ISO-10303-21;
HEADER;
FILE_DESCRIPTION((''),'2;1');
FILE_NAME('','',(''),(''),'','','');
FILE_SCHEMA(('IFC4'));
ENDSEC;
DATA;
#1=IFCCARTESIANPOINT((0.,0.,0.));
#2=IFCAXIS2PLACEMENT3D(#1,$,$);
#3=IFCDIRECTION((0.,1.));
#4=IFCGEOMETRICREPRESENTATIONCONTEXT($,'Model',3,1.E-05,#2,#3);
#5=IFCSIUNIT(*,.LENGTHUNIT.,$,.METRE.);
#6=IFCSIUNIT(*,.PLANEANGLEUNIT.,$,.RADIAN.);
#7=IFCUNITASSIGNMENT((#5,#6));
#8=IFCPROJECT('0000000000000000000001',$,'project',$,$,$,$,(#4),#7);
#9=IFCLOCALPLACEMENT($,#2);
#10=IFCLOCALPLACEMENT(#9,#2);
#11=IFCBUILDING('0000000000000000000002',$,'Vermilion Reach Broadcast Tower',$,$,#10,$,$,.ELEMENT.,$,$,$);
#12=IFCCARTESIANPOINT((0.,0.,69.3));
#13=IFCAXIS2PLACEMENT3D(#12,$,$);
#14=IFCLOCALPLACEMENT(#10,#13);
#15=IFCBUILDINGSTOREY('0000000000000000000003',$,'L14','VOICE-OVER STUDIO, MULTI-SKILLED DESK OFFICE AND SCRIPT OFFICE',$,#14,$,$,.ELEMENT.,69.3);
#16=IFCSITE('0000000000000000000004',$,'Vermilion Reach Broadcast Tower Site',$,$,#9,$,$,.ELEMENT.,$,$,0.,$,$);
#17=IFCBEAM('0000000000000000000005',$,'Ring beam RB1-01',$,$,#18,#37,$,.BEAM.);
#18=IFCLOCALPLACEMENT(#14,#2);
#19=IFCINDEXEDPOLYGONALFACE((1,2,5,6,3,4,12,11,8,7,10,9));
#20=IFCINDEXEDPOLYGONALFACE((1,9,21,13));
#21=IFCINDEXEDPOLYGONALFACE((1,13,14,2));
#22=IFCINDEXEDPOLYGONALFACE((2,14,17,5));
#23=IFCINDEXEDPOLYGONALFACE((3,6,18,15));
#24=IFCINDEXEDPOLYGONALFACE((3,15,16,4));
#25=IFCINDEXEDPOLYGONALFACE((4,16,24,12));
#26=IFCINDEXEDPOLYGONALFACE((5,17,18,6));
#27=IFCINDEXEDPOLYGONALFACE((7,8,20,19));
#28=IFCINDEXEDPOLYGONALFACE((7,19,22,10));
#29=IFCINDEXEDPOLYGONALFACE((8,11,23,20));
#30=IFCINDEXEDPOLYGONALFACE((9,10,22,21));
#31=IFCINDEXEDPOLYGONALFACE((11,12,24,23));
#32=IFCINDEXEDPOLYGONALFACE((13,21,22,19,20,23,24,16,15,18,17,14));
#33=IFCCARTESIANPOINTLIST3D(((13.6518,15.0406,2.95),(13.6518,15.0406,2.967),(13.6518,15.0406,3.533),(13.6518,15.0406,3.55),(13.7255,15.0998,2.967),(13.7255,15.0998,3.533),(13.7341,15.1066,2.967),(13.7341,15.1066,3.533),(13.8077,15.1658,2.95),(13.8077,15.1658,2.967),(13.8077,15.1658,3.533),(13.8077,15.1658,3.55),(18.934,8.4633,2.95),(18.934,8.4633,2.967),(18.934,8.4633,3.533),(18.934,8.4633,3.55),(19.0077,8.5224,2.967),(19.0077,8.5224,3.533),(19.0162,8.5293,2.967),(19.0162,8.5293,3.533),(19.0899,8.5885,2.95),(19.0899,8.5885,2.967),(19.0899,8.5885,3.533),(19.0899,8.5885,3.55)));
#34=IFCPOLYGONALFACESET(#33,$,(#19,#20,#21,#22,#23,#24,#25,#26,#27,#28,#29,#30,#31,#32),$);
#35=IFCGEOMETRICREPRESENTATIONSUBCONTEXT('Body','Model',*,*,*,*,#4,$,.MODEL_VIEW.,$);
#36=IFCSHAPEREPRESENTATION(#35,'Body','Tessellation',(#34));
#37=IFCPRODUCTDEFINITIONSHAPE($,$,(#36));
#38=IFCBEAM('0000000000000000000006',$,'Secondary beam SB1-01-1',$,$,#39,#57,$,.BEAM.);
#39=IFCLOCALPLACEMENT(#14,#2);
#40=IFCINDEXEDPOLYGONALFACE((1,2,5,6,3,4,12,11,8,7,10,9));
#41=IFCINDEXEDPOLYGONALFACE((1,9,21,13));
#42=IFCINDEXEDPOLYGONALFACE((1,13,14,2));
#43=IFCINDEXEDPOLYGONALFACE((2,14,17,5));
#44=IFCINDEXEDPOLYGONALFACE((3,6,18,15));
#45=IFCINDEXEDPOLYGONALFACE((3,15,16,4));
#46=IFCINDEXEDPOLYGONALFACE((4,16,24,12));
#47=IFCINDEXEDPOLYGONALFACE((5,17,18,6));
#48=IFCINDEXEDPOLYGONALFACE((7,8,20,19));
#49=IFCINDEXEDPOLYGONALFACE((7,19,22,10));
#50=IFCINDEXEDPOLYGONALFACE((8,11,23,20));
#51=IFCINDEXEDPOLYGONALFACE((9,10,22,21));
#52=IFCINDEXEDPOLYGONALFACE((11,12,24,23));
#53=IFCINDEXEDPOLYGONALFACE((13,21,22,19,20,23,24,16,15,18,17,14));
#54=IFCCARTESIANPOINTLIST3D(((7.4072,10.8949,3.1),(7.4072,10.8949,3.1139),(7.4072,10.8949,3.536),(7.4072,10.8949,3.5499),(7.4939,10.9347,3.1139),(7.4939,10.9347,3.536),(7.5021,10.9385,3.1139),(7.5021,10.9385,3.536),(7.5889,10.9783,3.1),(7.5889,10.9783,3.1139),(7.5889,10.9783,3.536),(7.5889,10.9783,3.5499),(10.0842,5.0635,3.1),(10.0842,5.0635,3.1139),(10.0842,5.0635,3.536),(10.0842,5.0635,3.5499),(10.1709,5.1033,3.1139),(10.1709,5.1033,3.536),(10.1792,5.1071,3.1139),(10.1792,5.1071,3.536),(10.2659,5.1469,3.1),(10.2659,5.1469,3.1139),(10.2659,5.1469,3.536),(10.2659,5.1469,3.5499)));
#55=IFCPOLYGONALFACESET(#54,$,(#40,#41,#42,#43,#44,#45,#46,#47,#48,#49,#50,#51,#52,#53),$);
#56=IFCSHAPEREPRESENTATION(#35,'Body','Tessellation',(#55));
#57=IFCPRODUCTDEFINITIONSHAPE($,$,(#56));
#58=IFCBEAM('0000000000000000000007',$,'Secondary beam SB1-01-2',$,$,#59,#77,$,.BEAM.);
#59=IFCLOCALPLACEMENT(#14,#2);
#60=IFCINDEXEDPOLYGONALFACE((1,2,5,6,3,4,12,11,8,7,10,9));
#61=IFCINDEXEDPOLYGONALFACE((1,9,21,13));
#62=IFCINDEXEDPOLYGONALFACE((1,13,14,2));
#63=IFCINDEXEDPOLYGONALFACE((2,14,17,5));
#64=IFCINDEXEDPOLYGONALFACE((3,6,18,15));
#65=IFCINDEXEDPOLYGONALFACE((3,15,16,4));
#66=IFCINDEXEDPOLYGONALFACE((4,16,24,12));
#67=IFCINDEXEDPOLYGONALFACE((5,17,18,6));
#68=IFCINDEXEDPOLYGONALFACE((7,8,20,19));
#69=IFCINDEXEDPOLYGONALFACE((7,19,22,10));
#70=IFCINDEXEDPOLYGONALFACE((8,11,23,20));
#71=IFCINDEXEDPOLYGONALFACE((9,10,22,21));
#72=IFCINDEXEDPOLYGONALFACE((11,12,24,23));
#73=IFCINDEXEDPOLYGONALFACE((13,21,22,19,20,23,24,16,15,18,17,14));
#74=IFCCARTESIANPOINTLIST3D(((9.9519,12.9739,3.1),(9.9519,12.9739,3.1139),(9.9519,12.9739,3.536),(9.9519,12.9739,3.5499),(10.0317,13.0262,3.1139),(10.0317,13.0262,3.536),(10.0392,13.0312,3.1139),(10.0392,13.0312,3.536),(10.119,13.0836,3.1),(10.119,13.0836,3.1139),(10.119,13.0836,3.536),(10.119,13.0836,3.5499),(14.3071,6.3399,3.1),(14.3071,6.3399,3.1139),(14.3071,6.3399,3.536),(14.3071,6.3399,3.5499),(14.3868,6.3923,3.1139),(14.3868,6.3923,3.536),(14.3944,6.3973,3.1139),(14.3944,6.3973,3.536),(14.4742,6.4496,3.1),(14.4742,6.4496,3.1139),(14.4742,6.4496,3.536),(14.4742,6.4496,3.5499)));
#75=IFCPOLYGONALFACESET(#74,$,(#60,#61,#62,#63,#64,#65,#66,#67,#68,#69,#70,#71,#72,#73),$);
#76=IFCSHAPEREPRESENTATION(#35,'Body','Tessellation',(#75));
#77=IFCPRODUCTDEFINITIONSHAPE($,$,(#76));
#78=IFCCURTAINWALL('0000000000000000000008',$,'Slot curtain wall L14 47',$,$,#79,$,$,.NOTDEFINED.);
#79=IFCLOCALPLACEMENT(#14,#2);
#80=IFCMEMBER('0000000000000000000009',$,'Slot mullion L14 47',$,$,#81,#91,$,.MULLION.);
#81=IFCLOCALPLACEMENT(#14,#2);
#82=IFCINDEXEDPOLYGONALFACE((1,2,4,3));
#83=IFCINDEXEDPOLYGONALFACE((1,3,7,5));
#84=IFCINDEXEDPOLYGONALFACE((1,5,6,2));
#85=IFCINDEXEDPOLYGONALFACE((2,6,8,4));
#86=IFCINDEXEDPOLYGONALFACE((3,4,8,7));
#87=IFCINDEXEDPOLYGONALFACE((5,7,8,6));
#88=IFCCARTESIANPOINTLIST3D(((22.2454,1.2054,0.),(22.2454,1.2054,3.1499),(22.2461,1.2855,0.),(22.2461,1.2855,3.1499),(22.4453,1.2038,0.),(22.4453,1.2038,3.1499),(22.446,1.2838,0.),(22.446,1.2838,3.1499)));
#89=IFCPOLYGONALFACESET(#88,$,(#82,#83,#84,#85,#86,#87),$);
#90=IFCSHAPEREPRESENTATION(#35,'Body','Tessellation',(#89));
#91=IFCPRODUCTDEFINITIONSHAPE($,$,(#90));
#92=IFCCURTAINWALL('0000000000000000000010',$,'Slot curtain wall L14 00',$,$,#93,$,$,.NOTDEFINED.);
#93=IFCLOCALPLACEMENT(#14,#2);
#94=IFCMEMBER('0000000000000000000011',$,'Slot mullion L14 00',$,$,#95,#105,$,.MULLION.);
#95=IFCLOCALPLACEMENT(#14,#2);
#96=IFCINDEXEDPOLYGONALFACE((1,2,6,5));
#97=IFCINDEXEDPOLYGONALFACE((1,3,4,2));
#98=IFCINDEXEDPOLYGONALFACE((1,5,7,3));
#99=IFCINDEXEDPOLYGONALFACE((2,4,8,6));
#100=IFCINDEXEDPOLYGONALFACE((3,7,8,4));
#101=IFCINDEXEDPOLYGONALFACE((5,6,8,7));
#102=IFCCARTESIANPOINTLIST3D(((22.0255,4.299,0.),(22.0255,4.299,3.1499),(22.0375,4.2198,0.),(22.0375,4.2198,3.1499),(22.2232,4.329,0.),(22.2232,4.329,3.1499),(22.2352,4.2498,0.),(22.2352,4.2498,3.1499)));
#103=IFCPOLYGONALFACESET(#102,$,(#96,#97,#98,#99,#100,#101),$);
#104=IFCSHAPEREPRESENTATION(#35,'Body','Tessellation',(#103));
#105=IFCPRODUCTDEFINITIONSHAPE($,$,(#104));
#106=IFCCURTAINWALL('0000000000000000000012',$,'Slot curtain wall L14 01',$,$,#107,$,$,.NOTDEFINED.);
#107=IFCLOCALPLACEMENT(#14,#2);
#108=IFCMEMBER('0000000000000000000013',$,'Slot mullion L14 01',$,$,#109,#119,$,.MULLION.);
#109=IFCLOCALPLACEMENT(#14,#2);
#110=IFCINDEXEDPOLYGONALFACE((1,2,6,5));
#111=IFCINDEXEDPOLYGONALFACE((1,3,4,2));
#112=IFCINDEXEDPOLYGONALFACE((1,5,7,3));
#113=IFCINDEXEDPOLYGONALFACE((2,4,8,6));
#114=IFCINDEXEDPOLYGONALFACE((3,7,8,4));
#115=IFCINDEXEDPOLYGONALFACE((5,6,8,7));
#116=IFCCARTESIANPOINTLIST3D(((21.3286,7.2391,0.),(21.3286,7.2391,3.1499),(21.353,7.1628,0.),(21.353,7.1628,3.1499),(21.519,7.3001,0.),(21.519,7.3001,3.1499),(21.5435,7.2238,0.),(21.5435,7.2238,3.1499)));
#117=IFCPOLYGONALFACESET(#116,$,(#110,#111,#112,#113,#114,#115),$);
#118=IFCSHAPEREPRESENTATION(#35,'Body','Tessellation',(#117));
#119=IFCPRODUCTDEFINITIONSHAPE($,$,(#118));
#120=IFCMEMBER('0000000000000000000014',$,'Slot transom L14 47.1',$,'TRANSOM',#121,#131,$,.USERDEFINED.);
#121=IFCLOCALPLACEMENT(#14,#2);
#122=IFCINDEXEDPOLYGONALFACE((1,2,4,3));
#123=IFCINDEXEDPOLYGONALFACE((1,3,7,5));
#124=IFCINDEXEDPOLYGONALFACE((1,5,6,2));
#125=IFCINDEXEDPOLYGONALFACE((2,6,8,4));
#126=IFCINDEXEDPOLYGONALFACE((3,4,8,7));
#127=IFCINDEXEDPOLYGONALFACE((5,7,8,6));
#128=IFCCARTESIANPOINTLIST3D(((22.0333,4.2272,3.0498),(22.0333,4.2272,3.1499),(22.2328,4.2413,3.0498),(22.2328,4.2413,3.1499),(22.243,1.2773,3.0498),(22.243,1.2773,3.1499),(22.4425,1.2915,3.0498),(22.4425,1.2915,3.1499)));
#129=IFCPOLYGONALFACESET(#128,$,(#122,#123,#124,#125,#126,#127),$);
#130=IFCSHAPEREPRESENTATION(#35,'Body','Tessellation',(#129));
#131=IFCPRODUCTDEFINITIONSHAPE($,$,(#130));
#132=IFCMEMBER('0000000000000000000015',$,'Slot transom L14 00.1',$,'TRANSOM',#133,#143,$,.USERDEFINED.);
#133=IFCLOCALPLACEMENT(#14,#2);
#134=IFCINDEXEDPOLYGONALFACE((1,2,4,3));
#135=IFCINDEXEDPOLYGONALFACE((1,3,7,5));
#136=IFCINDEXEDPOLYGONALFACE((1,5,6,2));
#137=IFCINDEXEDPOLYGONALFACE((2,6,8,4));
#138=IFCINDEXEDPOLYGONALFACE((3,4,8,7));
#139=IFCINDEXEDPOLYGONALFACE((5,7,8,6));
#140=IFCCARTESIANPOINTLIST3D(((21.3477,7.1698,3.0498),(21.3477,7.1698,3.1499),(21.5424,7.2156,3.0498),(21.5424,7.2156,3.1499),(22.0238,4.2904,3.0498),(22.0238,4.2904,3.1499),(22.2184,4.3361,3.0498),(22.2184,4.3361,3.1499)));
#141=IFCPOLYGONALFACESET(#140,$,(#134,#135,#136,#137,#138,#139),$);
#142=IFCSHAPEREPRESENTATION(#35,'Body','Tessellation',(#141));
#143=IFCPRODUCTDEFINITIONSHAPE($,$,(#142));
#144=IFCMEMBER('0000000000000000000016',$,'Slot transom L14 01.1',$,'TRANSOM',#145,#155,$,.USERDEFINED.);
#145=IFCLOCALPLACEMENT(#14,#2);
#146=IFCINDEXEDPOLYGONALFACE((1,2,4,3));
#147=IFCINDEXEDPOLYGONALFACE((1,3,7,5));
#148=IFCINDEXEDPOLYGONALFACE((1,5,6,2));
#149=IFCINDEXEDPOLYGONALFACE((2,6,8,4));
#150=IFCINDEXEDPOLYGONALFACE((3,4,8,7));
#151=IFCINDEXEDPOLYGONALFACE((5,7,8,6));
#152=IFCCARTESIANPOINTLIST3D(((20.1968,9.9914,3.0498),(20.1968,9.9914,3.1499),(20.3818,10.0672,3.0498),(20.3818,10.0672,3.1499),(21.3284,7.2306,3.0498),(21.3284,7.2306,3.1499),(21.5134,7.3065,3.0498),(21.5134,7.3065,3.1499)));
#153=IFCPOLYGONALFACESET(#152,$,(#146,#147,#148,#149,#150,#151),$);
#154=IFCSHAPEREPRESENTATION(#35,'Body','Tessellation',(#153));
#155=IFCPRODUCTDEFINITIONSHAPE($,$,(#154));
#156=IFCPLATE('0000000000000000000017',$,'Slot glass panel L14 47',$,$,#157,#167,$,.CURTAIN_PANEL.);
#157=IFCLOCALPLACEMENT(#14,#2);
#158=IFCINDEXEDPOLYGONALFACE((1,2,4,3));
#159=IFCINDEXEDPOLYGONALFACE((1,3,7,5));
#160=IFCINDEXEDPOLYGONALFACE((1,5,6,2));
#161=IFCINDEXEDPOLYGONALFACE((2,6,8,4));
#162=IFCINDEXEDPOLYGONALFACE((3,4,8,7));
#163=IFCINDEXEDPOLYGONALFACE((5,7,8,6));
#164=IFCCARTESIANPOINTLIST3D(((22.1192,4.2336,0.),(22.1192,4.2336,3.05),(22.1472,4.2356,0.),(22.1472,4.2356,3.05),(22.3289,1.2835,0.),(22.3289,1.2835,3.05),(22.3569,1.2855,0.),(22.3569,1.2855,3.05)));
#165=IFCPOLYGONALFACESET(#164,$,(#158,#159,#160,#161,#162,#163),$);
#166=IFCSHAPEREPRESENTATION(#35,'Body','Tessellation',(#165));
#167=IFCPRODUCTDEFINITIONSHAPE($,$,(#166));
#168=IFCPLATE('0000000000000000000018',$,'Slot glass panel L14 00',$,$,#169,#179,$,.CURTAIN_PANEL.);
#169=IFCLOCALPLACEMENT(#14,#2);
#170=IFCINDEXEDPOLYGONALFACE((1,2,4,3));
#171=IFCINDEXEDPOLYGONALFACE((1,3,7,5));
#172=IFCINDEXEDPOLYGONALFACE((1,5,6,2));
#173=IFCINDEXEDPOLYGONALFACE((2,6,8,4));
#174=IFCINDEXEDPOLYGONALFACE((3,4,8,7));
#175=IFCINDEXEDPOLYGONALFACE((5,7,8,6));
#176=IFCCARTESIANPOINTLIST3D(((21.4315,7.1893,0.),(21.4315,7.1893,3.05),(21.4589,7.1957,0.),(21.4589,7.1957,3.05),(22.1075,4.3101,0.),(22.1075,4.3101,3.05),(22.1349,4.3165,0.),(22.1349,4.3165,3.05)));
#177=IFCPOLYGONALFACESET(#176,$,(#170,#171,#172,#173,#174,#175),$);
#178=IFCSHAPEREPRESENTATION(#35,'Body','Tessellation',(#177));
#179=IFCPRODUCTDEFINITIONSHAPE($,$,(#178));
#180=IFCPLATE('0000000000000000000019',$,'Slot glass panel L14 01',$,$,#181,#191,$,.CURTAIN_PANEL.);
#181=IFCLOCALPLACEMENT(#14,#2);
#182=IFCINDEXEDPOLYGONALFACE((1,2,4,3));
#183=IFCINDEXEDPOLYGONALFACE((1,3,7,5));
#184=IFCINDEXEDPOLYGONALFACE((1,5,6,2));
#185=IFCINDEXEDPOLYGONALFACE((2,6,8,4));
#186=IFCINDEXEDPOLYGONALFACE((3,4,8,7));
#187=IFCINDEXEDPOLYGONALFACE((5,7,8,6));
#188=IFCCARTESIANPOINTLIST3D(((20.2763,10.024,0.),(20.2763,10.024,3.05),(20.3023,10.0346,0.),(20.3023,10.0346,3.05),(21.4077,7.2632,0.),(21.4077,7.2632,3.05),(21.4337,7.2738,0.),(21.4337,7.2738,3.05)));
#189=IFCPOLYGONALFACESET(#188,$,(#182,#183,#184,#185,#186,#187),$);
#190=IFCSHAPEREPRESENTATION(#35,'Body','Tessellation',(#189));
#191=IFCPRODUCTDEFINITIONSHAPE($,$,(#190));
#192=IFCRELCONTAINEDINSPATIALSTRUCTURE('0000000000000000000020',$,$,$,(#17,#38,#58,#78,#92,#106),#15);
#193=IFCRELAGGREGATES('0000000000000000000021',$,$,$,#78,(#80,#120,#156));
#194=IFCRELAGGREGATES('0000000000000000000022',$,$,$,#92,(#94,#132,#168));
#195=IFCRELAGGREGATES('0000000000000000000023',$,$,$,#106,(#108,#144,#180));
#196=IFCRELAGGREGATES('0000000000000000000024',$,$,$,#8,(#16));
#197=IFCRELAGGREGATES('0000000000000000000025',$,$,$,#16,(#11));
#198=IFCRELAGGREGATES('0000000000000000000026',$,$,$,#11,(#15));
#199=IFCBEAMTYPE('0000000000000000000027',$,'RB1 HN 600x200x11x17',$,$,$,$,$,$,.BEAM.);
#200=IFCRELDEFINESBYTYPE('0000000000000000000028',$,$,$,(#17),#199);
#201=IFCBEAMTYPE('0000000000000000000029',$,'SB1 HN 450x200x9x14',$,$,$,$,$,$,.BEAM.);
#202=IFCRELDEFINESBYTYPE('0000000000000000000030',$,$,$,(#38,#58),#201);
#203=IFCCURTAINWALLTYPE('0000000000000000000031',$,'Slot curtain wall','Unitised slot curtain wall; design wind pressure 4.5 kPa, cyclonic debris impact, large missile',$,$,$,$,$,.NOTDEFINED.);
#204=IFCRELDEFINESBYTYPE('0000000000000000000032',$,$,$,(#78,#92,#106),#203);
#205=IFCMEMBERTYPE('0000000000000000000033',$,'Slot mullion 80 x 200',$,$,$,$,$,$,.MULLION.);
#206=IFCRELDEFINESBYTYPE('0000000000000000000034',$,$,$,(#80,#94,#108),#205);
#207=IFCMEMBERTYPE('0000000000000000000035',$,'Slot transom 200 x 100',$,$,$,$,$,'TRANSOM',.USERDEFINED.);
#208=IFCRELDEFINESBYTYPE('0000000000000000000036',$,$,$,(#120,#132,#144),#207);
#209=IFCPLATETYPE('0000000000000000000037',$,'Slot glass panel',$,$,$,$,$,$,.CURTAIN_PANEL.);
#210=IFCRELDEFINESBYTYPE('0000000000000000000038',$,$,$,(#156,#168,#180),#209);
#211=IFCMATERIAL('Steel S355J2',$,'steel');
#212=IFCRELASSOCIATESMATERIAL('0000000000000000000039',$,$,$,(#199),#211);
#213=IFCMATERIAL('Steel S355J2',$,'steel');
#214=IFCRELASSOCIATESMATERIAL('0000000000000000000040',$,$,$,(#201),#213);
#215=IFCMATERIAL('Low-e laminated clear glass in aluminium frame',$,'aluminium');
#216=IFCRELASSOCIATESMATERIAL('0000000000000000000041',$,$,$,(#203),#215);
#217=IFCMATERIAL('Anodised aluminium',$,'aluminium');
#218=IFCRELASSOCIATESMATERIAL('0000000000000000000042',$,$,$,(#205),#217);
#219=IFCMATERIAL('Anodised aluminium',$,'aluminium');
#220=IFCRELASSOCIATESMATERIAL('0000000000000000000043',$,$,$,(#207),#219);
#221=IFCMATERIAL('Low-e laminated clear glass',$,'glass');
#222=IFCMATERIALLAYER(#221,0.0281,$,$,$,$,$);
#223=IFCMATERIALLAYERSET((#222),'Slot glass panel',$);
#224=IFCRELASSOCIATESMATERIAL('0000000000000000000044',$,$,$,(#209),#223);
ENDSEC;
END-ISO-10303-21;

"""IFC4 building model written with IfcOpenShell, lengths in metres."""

from ifc_helpers import new_model, si_unit, direction, frame, origin, origin_2d, place, context, subcontext, project, spatial, rectangle, i_section, extrude, material, layer, layer_set, material_profile, profile_set, type_object, element, aggregate, save


model = new_model("IFC4")

# Units and contexts
model_context = context("Model", 3, precision=1e-05, world=origin(), true_north=direction((0.0, 1.0)))
body_context = subcontext(model_context, "Body", "Model", "MODEL_VIEW")
ifc_project = project(units=[si_unit("LENGTHUNIT", "METRE"), si_unit("PLANEANGLEUNIT", "RADIAN")], contexts=[model_context])

# Site, building, storey
site_placement = place(None, origin())
site = spatial("IfcSite", under=ifc_project, at=site_placement, Name="Vermilion Reach Broadcast Tower Site", CompositionType="ELEMENT", RefElevation=0.0)
building_placement = place(site_placement, origin())
building = spatial("IfcBuilding", under=site, at=building_placement, Name="Vermilion Reach Broadcast Tower", CompositionType="ELEMENT")
storey_placement = place(building_placement, frame((0.0, 0.0, 69.3)))
storey = spatial("IfcBuildingStorey", under=building, at=storey_placement, Name="L14", Description="VOICE-OVER STUDIO, MULTI-SKILLED DESK OFFICE AND SCRIPT OFFICE", CompositionType="ELEMENT", Elevation=69.3)

# Beams
ifc_material_1 = material(Name="Steel S355J2", Category="steel")
ifc_material_profile_1 = material_profile(ifc_material_1, i_section(OverallWidth=0.2, OverallDepth=0.6001, WebThickness=0.011, FlangeThickness=0.0171, at=origin_2d()), Name="S355J2 HN 600x200x11x17")
ifc_profile_set_1 = profile_set([ifc_material_profile_1], Name="Steel S355J2")
beam_type_1 = type_object("IfcBeamType", Name="RB1 HN 600x200x11x17", PredefinedType="BEAM", material=ifc_profile_set_1)
beam_1_placement = place(storey_placement, frame((19.012, 8.5259, 3.25), z_axis=(-0.626162, 0.779693, 0.0), x_axis=(-0.779693, -0.626162, 0.0)))
element("IfcBeam", 1, at=beam_1_placement, inside=storey, type_object=beam_type_1, Name="Ring beam RB1-01", PredefinedType="BEAM", context=body_context, shape_type="SweptSolid", body=[
    extrude(i_section(OverallWidth=0.2, OverallDepth=0.6001, WebThickness=0.011, FlangeThickness=0.0171, at=origin_2d()), origin(), (0.0, 0.0, 1.0), 8.4358),
])
ifc_material_2 = material(Name="Steel S355J2", Category="steel")
ifc_material_profile_2 = material_profile(ifc_material_2, i_section(OverallWidth=0.2, OverallDepth=0.45, WebThickness=0.009, FlangeThickness=0.0139, at=origin_2d()), Name="S355J2 HN 450x200x9x14")
ifc_profile_set_2 = profile_set([ifc_material_profile_2], Name="Steel S355J2")
beam_type_2 = type_object("IfcBeamType", Name="SB1 HN 450x200x9x14", PredefinedType="BEAM", material=ifc_profile_set_2)
beam_2_placement = place(storey_placement, frame((10.175, 5.1052, 3.325), z_axis=(-0.417211, 0.908809, 0.0), x_axis=(-0.908809, -0.417211, 0.0)))
element("IfcBeam", 2, at=beam_2_placement, inside=storey, type_object=beam_type_2, Name="Secondary beam SB1-01-1", PredefinedType="BEAM", context=body_context, shape_type="SweptSolid", body=[
    extrude(i_section(OverallWidth=0.2, OverallDepth=0.45, WebThickness=0.009, FlangeThickness=0.0139, at=origin_2d()), origin(), (0.0, 0.0, 1.0), 6.4165),
])
beam_3_placement = place(storey_placement, frame((14.3906, 6.3948, 3.325), z_axis=(-0.548801, 0.835953, 0.0), x_axis=(-0.835953, -0.548801, 0.0)))
element("IfcBeam", 3, at=beam_3_placement, inside=storey, type_object=beam_type_2, Name="Secondary beam SB1-01-2", PredefinedType="BEAM", context=body_context, shape_type="SweptSolid", body=[
    extrude(i_section(OverallWidth=0.2, OverallDepth=0.45, WebThickness=0.009, FlangeThickness=0.0139, at=origin_2d()), origin(), (0.0, 0.0, 1.0), 7.9358),
])

# Curtain walls, members
ifc_material_3 = material(Name="Low-e laminated clear glass in aluminium frame", Category="aluminium")
curtain_wall_type = type_object("IfcCurtainWallType", Name="Slot curtain wall", Description="Unitised slot curtain wall; design wind pressure 4.5 kPa, cyclonic debris impact, large missile", PredefinedType="NOTDEFINED", material=ifc_material_3)
placement = place(storey_placement, origin())
curtain_wall_1 = element("IfcCurtainWall", 4, at=placement, inside=storey, type_object=curtain_wall_type, Name="Slot curtain wall L14 47", PredefinedType="NOTDEFINED")
ifc_material_4 = material(Name="Anodised aluminium", Category="aluminium")
ifc_material_profile_3 = material_profile(ifc_material_4, rectangle(XDim=0.2, YDim=0.0801, at=origin_2d()), Name="Slot mullion 80 x 200")
ifc_profile_set_3 = profile_set([ifc_material_profile_3], Name="Anodised aluminium")
member_type_1 = type_object("IfcMemberType", Name="Slot mullion 80 x 200", PredefinedType="MULLION", material=ifc_profile_set_3)
member_1_placement = place(storey_placement, frame((22.3457, 1.2446, 0.0), z_axis=(0.0, 0.0, 1.0), x_axis=(-0.999967, 0.008183, 0.0)))
member_1 = element("IfcMember", 5, at=member_1_placement, type_object=member_type_1, Name="Slot mullion L14 47", PredefinedType="MULLION", context=body_context, shape_type="SweptSolid", body=[
    extrude(rectangle(XDim=0.2, YDim=0.0801, at=origin_2d()), origin(), (0.0, 0.0, 1.0), 3.1499),
])
curtain_wall_2 = element("IfcCurtainWall", 6, at=placement, inside=storey, type_object=curtain_wall_type, Name="Slot curtain wall L14 00", PredefinedType="NOTDEFINED")
member_2_placement = place(storey_placement, frame((22.1304, 4.2744, 0.0), z_axis=(0.0, 0.0, 1.0), x_axis=(-0.988652, -0.150226, 0.0)))
member_2 = element("IfcMember", 7, at=member_2_placement, type_object=member_type_1, Name="Slot mullion L14 00", PredefinedType="MULLION", context=body_context, shape_type="SweptSolid", body=[
    extrude(rectangle(XDim=0.2, YDim=0.0801, at=origin_2d()), origin(), (0.0, 0.0, 1.0), 3.1499),
])
curtain_wall_3 = element("IfcCurtainWall", 8, at=placement, inside=storey, type_object=curtain_wall_type, Name="Slot curtain wall L14 01", PredefinedType="NOTDEFINED")
member_3_placement = place(storey_placement, frame((21.436, 7.2314, 0.0), z_axis=(0.0, 0.0, 1.0), x_axis=(-0.952402, -0.304846, 0.0)))
member_3 = element("IfcMember", 9, at=member_3_placement, type_object=member_type_1, Name="Slot mullion L14 01", PredefinedType="MULLION", context=body_context, shape_type="SweptSolid", body=[
    extrude(rectangle(XDim=0.2, YDim=0.0801, at=origin_2d()), origin(), (0.0, 0.0, 1.0), 3.1499),
])

# Members
ifc_material_5 = material(Name="Anodised aluminium", Category="aluminium")
ifc_material_profile_4 = material_profile(ifc_material_5, rectangle(XDim=0.2, YDim=0.1001, at=origin_2d()), Name="Slot transom 200 x 100")
ifc_profile_set_4 = profile_set([ifc_material_profile_4], Name="Anodised aluminium")
member_type_2 = type_object("IfcMemberType", Name="Slot transom 200 x 100", ElementType="TRANSOM", PredefinedType="USERDEFINED", material=ifc_profile_set_4)
member_4_placement = place(storey_placement, frame((22.3428, 1.2844, 3.0999), z_axis=(-0.070913, 0.997483, 0.0), x_axis=(-0.997483, -0.070913, 0.0)))
member_4 = element("IfcMember", 10, at=member_4_placement, type_object=member_type_2, Name="Slot transom L14 47.1", ObjectType="TRANSOM", PredefinedType="USERDEFINED", context=body_context, shape_type="SweptSolid", body=[
    extrude(rectangle(XDim=0.2, YDim=0.1001, at=origin_2d()), origin(), (0.0, 0.0, 1.0), 2.9573),
])
member_5_placement = place(storey_placement, frame((22.1211, 4.3132, 3.0999), z_axis=(-0.228565, 0.973529, 0.0), x_axis=(-0.973529, -0.228565, 0.0)))
member_5 = element("IfcMember", 11, at=member_5_placement, type_object=member_type_2, Name="Slot transom L14 00.1", ObjectType="TRANSOM", PredefinedType="USERDEFINED", context=body_context, shape_type="SweptSolid", body=[
    extrude(rectangle(XDim=0.2, YDim=0.1001, at=origin_2d()), origin(), (0.0, 0.0, 1.0), 2.9578),
])
member_6_placement = place(storey_placement, frame((21.4209, 7.2686, 3.0999), z_axis=(-0.379264, 0.925289, 0.0), x_axis=(-0.925289, -0.379264, 0.0)))
member_6 = element("IfcMember", 12, at=member_6_placement, type_object=member_type_2, Name="Slot transom L14 01.1", ObjectType="TRANSOM", PredefinedType="USERDEFINED", context=body_context, shape_type="SweptSolid", body=[
    extrude(rectangle(XDim=0.2, YDim=0.1001, at=origin_2d()), origin(), (0.0, 0.0, 1.0), 2.9836),
])

# Plates
ifc_material_6 = material(Name="Low-e laminated clear glass", Category="glass")
ifc_layer_1 = layer(ifc_material_6, 0.0281)
ifc_layer_set_1 = layer_set([ifc_layer_1], Name="Slot glass panel")
plate_type = type_object("IfcPlateType", Name="Slot glass panel", PredefinedType="CURTAIN_PANEL", material=ifc_layer_set_1)
plate_1_placement = place(storey_placement, frame((22.238, 2.7595, 0.0), z_axis=(0.0, 0.0, 1.0), x_axis=(-0.070919, 0.997482, 0.0)))
plate_1 = element("IfcPlate", 13, at=plate_1_placement, type_object=plate_type, Name="Slot glass panel L14 47", PredefinedType="CURTAIN_PANEL", context=body_context, shape_type="SweptSolid", body=[
    extrude(rectangle(XDim=2.9575, YDim=0.0281, at=origin_2d()), origin(), (0.0, 0.0, 1.0), 3.05),
])
aggregate(curtain_wall_1, [member_1, member_4, plate_1])
plate_2_placement = place(storey_placement, frame((21.7832, 5.7529, 0.0), z_axis=(0.0, 0.0, 1.0), x_axis=(-0.228575, 0.973526, 0.0)))
plate_2 = element("IfcPlate", 14, at=plate_2_placement, type_object=plate_type, Name="Slot glass panel L14 00", PredefinedType="CURTAIN_PANEL", context=body_context, shape_type="SweptSolid", body=[
    extrude(rectangle(XDim=2.9575, YDim=0.0281, at=origin_2d()), origin(), (0.0, 0.0, 1.0), 3.05),
])
aggregate(curtain_wall_2, [member_2, member_5, plate_2])
plate_3_placement = place(storey_placement, frame((20.855, 8.6489, 0.0), z_axis=(0.0, 0.0, 1.0), x_axis=(-0.379206, 0.925312, 0.0)))
plate_3 = element("IfcPlate", 15, at=plate_3_placement, type_object=plate_type, Name="Slot glass panel L14 01", PredefinedType="CURTAIN_PANEL", context=body_context, shape_type="SweptSolid", body=[
    extrude(rectangle(XDim=2.9836, YDim=0.0281, at=origin_2d()), origin(), (0.0, 0.0, 1.0), 3.05),
])
aggregate(curtain_wall_3, [member_3, member_6, plate_3])

save(model, "model.ifc")
